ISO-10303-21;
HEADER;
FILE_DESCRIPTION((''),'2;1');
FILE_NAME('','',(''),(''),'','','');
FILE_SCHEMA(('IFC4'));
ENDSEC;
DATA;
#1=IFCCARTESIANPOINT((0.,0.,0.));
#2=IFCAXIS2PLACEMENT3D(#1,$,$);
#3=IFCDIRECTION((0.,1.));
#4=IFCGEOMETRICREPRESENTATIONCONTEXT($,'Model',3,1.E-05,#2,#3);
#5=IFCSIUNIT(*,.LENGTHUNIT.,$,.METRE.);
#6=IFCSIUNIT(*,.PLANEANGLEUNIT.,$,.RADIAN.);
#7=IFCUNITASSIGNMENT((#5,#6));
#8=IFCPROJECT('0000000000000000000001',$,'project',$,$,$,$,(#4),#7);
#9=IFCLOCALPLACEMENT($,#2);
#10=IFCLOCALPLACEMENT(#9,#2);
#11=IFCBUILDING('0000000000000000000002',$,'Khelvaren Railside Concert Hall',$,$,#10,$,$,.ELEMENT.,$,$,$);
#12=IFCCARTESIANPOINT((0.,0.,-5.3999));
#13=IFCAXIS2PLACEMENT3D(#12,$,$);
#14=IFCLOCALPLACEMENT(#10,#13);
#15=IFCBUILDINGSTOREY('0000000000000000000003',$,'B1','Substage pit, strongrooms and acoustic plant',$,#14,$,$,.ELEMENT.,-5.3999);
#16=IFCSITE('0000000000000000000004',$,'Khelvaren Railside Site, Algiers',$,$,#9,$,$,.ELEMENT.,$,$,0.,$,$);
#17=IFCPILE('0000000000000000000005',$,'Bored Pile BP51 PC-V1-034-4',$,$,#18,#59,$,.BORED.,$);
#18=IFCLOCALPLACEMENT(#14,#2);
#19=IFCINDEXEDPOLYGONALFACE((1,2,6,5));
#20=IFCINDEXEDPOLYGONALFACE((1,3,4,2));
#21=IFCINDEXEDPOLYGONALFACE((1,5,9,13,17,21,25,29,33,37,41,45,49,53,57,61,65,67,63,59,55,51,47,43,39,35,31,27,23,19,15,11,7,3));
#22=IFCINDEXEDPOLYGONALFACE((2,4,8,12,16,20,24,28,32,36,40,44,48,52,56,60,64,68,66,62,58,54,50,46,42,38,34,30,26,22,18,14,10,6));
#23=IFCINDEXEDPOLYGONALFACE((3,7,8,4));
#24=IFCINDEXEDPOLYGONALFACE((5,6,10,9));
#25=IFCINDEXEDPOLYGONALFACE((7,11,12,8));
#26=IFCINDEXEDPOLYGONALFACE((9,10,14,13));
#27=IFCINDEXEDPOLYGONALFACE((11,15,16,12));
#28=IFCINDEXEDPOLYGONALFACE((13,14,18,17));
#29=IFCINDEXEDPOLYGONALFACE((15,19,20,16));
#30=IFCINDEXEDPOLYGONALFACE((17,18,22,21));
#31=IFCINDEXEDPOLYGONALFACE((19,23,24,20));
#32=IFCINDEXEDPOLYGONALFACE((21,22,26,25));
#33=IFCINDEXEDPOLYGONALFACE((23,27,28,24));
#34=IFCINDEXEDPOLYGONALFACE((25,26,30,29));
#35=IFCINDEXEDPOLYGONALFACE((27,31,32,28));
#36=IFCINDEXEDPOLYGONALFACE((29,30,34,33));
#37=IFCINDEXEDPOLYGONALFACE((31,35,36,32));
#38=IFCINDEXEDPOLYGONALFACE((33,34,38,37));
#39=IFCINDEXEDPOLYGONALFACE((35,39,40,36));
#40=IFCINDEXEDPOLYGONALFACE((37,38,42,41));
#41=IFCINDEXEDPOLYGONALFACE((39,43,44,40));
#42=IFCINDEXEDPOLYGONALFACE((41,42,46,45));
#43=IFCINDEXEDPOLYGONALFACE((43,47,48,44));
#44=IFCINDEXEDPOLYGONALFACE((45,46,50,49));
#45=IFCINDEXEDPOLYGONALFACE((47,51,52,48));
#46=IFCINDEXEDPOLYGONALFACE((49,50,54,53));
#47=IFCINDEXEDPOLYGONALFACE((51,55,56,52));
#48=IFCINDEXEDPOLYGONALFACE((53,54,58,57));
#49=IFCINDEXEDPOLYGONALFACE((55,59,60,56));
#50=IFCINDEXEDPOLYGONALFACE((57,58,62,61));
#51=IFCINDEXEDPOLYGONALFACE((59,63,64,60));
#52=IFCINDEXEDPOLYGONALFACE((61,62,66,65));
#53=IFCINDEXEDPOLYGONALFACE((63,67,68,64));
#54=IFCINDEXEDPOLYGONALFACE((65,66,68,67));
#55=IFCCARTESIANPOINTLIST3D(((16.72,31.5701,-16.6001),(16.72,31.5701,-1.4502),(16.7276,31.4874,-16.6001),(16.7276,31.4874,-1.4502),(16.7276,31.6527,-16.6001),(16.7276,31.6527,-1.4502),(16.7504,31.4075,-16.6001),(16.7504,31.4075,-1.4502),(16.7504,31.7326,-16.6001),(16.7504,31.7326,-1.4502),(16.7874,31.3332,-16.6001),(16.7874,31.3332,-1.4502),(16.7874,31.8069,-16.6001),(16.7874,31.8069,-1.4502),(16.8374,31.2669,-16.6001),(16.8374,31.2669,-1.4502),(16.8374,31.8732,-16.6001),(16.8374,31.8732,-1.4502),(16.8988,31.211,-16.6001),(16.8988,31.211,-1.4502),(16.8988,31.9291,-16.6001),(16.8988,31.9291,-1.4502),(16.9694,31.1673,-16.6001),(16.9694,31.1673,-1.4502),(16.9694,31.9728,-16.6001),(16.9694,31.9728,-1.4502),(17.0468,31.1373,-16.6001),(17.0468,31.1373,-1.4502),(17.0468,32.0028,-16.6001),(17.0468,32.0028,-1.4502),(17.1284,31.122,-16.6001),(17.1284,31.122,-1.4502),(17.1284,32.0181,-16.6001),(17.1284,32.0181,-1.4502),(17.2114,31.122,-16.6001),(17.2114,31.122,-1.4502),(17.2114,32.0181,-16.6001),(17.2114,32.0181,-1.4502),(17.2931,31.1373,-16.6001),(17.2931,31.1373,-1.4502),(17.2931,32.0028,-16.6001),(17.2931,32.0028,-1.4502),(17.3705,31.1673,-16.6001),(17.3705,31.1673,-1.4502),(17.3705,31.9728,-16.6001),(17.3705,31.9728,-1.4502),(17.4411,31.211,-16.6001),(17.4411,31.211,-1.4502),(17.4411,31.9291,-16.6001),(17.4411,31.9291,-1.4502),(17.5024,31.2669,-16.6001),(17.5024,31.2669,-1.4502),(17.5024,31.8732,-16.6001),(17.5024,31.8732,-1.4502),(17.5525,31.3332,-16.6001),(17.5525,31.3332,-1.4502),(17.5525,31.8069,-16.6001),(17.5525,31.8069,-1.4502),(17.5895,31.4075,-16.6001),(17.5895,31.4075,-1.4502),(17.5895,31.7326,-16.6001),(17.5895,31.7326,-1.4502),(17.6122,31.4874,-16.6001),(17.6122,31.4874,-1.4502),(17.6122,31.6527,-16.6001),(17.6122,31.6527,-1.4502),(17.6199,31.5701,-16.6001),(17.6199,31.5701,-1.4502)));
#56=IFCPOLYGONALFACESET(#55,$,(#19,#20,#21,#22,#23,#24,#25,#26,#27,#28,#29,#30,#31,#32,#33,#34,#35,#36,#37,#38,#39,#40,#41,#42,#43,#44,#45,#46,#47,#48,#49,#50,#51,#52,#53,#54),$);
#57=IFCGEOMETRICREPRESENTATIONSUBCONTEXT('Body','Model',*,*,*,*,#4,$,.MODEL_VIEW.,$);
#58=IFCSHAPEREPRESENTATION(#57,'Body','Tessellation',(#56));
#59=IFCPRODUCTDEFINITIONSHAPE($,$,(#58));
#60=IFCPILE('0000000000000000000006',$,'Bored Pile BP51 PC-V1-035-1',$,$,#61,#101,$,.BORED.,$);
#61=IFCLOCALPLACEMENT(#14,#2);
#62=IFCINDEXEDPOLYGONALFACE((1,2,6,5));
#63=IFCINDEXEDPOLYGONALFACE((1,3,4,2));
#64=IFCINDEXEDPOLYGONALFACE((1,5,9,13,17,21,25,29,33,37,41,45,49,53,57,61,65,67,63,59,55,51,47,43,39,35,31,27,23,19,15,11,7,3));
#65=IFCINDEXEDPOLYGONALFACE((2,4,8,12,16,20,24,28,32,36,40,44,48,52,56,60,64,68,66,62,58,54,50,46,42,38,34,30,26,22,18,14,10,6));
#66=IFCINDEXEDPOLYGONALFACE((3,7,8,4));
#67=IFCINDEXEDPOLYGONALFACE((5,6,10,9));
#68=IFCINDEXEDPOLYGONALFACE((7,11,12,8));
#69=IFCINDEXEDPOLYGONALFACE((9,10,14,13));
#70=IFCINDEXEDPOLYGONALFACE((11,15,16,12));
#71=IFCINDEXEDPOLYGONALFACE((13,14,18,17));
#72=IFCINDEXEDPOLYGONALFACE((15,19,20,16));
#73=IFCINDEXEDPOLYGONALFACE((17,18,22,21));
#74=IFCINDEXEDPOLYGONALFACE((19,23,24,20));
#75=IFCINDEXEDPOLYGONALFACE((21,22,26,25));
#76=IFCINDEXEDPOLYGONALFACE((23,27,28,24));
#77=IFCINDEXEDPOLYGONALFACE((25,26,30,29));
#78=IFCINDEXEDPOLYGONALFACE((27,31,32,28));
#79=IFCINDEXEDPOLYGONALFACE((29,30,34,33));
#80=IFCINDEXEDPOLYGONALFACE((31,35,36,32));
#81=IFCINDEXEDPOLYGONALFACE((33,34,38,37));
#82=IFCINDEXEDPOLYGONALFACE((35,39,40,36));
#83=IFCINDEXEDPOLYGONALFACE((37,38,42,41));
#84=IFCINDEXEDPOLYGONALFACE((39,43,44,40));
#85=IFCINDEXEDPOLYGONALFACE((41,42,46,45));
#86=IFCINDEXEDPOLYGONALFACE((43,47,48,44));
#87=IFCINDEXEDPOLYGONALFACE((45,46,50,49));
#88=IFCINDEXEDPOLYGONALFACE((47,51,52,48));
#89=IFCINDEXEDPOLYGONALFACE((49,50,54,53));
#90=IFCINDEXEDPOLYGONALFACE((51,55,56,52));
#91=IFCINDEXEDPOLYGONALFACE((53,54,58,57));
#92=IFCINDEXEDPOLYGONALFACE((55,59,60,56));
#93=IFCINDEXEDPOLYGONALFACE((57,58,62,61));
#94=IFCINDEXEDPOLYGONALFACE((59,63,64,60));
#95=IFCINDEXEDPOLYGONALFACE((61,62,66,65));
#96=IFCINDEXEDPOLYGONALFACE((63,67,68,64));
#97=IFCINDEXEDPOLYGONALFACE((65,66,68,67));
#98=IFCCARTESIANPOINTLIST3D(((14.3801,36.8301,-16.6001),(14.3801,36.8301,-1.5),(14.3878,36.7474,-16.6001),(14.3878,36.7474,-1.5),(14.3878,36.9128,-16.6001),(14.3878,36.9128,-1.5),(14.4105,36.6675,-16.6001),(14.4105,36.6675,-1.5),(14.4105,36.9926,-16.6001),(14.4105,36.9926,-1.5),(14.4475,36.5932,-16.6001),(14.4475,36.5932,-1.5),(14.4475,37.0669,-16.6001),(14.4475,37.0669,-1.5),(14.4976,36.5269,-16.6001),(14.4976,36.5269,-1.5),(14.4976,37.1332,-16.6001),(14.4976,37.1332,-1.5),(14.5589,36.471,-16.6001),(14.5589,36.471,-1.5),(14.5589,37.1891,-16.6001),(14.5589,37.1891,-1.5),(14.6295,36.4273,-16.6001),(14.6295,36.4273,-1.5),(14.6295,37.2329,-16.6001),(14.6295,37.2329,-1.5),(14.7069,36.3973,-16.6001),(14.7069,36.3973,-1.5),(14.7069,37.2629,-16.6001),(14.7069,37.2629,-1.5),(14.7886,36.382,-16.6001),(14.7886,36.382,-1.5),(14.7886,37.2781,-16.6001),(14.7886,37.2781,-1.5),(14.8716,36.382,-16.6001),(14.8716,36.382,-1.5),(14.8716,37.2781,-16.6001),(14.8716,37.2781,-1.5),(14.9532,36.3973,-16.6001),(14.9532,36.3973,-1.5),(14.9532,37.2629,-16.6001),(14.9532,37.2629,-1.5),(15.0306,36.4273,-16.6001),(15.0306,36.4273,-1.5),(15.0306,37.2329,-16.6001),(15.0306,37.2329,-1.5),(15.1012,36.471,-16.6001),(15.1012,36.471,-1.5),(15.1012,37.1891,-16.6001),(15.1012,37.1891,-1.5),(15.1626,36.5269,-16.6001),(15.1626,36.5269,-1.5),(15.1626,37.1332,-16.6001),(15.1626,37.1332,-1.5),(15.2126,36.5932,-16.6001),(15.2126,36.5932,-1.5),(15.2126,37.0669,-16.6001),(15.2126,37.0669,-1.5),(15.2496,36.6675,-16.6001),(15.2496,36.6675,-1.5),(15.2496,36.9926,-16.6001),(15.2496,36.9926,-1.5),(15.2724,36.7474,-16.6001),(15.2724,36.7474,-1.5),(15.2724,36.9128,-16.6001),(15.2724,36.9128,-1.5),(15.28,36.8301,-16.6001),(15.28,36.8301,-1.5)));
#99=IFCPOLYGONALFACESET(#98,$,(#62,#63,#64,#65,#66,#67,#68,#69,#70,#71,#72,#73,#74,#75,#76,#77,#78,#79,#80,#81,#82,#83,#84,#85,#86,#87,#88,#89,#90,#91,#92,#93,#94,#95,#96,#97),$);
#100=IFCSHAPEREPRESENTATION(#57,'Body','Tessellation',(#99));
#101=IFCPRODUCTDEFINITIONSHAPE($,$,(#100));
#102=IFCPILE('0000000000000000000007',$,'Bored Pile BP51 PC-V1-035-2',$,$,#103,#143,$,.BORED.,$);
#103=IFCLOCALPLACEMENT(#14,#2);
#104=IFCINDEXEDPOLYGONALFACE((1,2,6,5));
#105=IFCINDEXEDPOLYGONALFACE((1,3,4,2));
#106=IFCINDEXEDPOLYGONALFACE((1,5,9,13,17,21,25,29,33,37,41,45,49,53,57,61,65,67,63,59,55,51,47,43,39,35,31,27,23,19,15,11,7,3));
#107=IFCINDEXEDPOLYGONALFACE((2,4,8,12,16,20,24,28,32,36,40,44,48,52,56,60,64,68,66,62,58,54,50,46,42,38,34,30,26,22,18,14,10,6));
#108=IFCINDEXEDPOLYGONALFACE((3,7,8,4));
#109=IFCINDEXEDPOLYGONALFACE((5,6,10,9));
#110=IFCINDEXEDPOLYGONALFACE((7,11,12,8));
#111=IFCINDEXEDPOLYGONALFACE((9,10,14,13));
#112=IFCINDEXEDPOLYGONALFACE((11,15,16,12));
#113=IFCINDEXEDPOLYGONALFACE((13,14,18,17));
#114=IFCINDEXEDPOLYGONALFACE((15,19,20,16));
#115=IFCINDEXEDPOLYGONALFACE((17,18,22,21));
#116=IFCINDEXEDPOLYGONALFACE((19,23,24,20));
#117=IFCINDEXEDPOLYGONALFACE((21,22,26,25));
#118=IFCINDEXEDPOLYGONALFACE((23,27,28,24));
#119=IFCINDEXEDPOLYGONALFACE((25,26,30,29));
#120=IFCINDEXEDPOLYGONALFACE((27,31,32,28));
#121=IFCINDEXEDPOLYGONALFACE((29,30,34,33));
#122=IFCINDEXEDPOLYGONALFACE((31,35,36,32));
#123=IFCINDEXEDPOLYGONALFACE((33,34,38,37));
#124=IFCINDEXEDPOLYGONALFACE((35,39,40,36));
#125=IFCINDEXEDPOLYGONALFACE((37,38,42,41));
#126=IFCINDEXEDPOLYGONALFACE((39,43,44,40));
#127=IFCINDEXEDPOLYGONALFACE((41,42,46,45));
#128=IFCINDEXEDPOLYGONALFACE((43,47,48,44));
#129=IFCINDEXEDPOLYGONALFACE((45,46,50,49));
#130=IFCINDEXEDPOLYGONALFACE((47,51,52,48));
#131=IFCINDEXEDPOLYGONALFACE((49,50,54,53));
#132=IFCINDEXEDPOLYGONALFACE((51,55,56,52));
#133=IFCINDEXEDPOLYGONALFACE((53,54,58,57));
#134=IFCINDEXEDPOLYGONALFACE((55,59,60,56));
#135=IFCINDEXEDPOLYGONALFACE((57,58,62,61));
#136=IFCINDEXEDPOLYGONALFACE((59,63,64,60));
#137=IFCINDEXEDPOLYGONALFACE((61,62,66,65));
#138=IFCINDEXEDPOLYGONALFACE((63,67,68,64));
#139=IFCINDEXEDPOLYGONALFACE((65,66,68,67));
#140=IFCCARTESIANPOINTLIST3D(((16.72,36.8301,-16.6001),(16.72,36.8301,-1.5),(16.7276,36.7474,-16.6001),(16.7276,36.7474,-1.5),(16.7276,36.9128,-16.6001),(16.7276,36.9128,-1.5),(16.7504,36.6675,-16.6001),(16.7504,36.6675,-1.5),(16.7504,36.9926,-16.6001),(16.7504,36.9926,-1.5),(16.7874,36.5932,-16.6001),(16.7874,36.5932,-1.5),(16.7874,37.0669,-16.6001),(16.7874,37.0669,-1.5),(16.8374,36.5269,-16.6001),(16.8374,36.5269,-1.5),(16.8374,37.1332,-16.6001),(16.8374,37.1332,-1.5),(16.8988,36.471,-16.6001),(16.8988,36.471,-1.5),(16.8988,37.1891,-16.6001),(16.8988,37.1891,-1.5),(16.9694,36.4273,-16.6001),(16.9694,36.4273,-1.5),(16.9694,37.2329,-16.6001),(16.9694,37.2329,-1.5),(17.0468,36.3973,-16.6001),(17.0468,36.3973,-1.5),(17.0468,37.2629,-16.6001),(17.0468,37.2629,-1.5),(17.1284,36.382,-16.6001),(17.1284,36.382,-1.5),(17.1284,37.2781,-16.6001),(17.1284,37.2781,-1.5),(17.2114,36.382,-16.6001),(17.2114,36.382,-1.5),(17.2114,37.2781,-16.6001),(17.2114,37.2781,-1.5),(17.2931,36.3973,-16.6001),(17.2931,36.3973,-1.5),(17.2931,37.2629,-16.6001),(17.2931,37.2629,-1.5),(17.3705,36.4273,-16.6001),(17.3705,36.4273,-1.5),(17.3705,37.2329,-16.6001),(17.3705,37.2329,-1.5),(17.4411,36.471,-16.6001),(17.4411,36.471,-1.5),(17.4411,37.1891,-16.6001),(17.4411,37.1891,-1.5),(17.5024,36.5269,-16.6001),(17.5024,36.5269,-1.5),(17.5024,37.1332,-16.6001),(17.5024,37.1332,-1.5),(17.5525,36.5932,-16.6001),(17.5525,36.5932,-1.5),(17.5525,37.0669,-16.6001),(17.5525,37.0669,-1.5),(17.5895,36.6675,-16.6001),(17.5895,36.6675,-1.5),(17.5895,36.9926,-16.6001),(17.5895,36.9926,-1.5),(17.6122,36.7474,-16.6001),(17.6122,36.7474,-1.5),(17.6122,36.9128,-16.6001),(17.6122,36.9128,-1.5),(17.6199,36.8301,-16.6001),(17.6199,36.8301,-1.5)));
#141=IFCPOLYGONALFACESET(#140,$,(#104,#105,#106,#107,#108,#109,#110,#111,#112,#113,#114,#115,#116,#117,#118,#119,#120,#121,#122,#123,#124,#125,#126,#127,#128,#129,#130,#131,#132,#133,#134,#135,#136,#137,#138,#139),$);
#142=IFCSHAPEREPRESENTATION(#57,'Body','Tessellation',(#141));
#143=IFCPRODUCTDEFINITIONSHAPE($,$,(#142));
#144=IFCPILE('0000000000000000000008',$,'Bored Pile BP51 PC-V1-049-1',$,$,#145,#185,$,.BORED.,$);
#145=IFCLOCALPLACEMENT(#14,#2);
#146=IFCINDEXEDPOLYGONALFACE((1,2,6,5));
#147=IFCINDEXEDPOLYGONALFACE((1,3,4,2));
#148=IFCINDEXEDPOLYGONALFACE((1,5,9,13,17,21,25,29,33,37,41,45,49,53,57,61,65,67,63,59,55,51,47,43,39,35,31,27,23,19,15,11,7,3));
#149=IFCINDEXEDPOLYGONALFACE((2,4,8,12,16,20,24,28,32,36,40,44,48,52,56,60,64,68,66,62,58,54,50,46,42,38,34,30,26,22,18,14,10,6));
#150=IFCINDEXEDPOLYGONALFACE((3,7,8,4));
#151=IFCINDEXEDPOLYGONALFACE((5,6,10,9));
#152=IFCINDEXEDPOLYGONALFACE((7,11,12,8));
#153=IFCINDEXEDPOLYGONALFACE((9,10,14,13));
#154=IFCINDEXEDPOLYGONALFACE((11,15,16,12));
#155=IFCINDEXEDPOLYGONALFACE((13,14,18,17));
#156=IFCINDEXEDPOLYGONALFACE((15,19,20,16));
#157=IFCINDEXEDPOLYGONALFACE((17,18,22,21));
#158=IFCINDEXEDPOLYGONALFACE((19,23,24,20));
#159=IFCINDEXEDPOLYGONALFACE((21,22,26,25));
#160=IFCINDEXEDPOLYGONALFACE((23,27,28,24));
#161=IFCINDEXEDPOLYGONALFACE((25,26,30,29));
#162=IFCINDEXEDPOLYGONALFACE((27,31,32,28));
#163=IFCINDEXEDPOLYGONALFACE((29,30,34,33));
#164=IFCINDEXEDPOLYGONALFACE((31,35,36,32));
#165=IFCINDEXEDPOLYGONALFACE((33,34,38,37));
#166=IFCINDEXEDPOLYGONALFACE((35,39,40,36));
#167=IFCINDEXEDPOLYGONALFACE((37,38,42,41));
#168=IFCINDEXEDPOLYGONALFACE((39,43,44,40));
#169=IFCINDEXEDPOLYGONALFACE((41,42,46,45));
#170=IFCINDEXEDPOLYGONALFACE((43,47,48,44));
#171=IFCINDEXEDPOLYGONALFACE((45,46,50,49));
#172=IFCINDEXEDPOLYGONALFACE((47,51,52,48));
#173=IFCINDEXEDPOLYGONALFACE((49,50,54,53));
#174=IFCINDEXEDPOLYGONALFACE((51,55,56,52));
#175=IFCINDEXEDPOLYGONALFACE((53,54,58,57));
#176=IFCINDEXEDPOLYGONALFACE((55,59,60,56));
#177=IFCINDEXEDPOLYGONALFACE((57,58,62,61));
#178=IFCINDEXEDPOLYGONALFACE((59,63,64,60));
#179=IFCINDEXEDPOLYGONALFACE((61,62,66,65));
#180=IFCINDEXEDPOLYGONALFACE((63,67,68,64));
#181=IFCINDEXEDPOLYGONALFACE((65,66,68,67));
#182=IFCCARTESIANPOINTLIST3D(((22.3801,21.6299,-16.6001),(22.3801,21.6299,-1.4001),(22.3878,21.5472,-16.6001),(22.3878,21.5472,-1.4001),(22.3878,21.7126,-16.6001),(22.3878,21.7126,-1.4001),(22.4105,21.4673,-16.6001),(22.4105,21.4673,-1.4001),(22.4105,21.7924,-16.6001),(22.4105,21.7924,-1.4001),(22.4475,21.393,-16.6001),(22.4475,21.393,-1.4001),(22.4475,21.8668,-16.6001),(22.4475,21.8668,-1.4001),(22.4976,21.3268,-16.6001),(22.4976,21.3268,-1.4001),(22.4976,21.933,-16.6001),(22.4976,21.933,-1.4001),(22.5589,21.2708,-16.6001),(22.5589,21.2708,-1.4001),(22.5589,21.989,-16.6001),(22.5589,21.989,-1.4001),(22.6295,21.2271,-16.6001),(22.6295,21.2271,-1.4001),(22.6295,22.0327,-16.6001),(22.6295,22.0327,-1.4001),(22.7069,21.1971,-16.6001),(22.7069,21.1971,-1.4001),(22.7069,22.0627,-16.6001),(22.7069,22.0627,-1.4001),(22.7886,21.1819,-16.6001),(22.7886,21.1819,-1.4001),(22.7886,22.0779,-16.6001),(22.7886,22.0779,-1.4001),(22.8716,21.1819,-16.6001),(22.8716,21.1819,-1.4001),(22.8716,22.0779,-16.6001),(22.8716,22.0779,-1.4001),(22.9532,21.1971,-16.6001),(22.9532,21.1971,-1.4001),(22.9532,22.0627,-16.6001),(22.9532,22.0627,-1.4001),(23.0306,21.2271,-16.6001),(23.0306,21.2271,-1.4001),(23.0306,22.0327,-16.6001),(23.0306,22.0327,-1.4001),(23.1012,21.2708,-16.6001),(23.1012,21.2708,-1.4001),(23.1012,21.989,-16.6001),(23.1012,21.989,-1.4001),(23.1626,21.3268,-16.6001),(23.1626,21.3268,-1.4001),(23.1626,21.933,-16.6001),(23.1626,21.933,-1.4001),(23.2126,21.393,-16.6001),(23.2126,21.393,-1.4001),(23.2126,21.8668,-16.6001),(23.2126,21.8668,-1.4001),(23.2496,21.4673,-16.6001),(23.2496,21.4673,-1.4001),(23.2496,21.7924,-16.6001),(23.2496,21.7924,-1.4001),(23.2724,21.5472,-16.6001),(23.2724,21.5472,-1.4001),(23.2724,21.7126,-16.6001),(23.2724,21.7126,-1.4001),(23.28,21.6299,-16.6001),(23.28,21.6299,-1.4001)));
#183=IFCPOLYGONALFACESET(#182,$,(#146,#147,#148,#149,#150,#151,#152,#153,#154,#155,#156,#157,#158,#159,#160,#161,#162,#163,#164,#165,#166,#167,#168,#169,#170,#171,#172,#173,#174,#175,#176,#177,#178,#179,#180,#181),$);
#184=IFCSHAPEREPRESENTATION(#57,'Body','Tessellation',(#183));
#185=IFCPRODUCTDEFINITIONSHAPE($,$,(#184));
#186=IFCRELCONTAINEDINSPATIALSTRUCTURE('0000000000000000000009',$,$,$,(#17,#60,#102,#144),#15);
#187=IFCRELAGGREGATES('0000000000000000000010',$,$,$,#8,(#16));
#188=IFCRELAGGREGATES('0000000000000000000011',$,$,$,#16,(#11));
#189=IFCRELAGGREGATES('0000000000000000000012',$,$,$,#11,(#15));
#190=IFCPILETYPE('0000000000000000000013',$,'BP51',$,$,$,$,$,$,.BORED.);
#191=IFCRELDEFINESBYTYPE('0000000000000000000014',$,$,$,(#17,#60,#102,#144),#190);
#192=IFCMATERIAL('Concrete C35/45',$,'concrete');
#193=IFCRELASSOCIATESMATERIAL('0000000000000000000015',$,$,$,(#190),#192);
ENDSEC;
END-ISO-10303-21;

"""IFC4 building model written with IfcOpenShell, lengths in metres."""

from ifc_helpers import new_model, si_unit, direction, frame, origin, origin_2d, place, context, subcontext, project, spatial, circle, extrude, material, material_profile, profile_set, type_object, element, save


model = new_model("IFC4")

# Units and contexts
model_context = context("Model", 3, precision=1e-05, world=origin(), true_north=direction((0.0, 1.0)))
body_context = subcontext(model_context, "Body", "Model", "MODEL_VIEW")
ifc_project = project(units=[si_unit("LENGTHUNIT", "METRE"), si_unit("PLANEANGLEUNIT", "RADIAN")], contexts=[model_context])

# Site, building, storey
site_placement = place(None, origin())
site = spatial("IfcSite", under=ifc_project, at=site_placement, Name="Khelvaren Railside Site, Algiers", CompositionType="ELEMENT", RefElevation=0.0)
building_placement = place(site_placement, origin())
building = spatial("IfcBuilding", under=site, at=building_placement, Name="Khelvaren Railside Concert Hall", CompositionType="ELEMENT")
storey_placement = place(building_placement, frame((0.0, 0.0, -5.3999)))
storey = spatial("IfcBuildingStorey", under=building, at=storey_placement, Name="B1", Description="Substage pit, strongrooms and acoustic plant", CompositionType="ELEMENT", Elevation=-5.3999)

# Piles
ifc_material_1 = material(Name="Concrete C35/45", Category="concrete")
ifc_material_profile_1 = material_profile(ifc_material_1, circle(Radius=0.45, at=origin_2d()), Name="BP D900")
ifc_profile_set_1 = profile_set([ifc_material_profile_1], Name="Concrete C35/45")
pile_type = type_object("IfcPileType", Name="BP51", PredefinedType="BORED", material=ifc_profile_set_1)
for number, where, z_axis, x_axis, name in (
    (1, (17.1699, 31.5701, -1.4502), (0.0, 0.0, -1.0), (1.0, 0.0, 0.0), "Bored Pile BP51 PC-V1-034-4"),
):
    element("IfcPile", number, at=place(storey_placement, frame(where, z_axis=z_axis, x_axis=x_axis)), inside=storey, type_object=pile_type, Name=name, PredefinedType="BORED", context=body_context, shape_type="SweptSolid", body=[
        extrude(circle(Radius=0.45, at=origin_2d()), origin(), (0.0, 0.0, 1.0), 15.1499),
    ])
for number, where, z_axis, x_axis, name in (
    (2, (14.8301, 36.8301, -1.5), (0.0, 0.0, -1.0), (1.0, 0.0, 0.0), "Bored Pile BP51 PC-V1-035-1"),
    (3, (17.1699, 36.8301, -1.5), (0.0, 0.0, -1.0), (1.0, 0.0, 0.0), "Bored Pile BP51 PC-V1-035-2"),
):
    element("IfcPile", number, at=place(storey_placement, frame(where, z_axis=z_axis, x_axis=x_axis)), inside=storey, type_object=pile_type, Name=name, PredefinedType="BORED", context=body_context, shape_type="SweptSolid", body=[
        extrude(circle(Radius=0.45, at=origin_2d()), origin(), (0.0, 0.0, 1.0), 15.1001),
    ])
for number, where, z_axis, x_axis, name in (
    (4, (22.8301, 21.6299, -1.4001), (0.0, 0.0, -1.0), (1.0, 0.0, 0.0), "Bored Pile BP51 PC-V1-049-1"),
):
    element("IfcPile", number, at=place(storey_placement, frame(where, z_axis=z_axis, x_axis=x_axis)), inside=storey, type_object=pile_type, Name=name, PredefinedType="BORED", context=body_context, shape_type="SweptSolid", body=[
        extrude(circle(Radius=0.45, at=origin_2d()), origin(), (0.0, 0.0, 1.0), 15.2),
    ])

save(model, "model.ifc")
